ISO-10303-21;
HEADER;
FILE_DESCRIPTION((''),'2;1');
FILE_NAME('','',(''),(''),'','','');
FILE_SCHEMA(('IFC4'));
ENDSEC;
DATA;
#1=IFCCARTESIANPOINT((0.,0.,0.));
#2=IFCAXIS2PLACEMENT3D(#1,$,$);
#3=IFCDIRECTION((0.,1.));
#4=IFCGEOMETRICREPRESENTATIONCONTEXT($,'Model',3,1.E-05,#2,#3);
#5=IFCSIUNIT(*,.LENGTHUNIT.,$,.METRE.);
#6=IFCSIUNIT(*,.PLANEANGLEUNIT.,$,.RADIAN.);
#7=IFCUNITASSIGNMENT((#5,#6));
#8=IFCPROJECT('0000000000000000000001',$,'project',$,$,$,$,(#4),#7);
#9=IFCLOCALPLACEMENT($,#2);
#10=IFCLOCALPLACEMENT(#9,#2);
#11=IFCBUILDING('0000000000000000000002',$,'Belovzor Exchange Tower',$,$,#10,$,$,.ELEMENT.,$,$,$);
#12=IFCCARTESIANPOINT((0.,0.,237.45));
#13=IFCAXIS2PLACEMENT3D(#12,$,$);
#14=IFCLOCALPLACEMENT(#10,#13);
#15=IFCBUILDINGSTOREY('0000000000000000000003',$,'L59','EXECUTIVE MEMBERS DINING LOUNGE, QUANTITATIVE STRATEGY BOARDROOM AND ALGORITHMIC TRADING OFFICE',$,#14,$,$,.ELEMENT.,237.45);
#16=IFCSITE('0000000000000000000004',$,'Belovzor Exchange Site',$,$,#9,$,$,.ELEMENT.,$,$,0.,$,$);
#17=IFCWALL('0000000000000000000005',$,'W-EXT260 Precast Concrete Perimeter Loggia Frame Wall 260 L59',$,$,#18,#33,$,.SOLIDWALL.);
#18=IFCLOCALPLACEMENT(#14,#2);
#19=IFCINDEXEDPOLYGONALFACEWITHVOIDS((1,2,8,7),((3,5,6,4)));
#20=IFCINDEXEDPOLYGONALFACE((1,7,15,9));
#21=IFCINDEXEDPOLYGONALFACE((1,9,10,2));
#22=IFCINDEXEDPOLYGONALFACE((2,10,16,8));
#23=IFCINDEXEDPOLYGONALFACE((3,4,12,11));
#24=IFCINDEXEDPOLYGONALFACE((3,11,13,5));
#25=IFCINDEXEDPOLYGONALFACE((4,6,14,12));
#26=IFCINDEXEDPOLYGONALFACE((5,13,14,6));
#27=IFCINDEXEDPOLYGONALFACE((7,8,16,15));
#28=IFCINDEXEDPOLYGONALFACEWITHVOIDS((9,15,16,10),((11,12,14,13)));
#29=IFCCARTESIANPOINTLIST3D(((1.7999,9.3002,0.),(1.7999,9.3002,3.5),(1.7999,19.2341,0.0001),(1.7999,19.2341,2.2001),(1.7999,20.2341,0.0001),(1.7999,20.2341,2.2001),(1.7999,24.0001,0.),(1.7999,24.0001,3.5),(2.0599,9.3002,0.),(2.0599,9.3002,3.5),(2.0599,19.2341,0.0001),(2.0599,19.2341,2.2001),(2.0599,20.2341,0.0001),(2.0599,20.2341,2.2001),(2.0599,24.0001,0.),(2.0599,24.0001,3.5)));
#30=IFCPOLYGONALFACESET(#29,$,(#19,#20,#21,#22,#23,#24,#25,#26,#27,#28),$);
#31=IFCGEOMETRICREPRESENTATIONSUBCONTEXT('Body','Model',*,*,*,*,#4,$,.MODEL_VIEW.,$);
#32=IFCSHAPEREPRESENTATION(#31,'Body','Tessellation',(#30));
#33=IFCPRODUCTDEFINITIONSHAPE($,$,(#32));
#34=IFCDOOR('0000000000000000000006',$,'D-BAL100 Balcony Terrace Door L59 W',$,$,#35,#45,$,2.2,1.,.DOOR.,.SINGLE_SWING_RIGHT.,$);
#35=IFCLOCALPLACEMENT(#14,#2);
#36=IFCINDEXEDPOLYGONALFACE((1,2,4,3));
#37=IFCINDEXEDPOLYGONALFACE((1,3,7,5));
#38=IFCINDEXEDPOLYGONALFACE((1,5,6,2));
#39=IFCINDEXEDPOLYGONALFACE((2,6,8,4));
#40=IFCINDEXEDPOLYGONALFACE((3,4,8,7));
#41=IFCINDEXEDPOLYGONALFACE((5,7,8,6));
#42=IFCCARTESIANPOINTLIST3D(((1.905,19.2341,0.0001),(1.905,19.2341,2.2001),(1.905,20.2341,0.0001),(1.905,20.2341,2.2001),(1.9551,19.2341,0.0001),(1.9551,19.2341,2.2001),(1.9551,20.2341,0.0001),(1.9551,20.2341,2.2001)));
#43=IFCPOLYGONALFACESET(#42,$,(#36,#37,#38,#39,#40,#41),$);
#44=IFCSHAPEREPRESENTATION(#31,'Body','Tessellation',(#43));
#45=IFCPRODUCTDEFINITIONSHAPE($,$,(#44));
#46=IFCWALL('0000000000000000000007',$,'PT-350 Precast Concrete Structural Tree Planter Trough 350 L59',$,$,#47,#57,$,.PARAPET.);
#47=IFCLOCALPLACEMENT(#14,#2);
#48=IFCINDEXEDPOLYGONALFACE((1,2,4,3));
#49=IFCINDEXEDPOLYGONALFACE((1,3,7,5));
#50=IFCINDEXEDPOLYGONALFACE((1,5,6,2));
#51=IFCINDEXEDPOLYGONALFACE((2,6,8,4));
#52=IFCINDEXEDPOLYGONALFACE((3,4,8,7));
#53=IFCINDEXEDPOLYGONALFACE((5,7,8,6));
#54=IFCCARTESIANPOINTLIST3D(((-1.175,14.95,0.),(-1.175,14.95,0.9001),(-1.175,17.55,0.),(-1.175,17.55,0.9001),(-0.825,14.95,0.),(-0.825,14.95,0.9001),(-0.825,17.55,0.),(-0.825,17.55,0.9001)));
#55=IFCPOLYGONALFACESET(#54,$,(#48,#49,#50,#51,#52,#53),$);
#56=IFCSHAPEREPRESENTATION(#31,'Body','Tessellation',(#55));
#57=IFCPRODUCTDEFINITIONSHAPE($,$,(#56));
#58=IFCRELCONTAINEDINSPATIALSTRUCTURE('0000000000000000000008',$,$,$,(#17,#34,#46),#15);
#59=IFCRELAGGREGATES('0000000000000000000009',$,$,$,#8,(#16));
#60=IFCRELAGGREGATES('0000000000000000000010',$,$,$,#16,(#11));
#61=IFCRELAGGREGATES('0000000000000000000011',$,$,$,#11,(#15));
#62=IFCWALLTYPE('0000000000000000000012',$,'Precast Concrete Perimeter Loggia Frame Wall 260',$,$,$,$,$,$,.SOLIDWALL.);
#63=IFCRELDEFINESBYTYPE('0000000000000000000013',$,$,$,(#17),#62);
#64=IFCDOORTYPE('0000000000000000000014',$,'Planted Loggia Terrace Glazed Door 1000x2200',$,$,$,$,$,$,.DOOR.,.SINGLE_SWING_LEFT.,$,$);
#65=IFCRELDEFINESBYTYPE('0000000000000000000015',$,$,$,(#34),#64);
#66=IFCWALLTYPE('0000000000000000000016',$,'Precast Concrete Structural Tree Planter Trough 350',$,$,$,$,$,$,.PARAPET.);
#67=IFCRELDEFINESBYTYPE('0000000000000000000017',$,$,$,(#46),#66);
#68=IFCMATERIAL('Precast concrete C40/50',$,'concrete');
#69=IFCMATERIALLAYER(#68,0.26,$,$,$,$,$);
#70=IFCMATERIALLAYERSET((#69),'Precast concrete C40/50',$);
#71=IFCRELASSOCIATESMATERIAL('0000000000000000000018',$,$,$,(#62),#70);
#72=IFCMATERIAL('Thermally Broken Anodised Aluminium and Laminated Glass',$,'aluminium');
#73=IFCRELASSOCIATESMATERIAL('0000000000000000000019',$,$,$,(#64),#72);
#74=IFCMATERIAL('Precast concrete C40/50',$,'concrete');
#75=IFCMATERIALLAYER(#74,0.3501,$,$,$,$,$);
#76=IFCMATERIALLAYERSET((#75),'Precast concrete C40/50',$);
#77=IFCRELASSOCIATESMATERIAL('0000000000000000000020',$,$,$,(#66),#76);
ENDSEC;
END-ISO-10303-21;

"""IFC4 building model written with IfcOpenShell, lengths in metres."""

from ifc_helpers import new_model, si_unit, direction, frame, frame_2d, origin, place, context, subcontext, project, spatial, rectangle, extrude, material, layer, layer_set, type_object, element, fill, save


model = new_model("IFC4")

# Units and contexts
model_context = context("Model", 3, precision=1e-05, world=origin(), true_north=direction((0.0, 1.0)))
body_context = subcontext(model_context, "Body", "Model", "MODEL_VIEW")
ifc_project = project(units=[si_unit("LENGTHUNIT", "METRE"), si_unit("PLANEANGLEUNIT", "RADIAN")], contexts=[model_context])

# Site, building, storey
site_placement = place(None, origin())
site = spatial("IfcSite", under=ifc_project, at=site_placement, Name="Belovzor Exchange Site", CompositionType="ELEMENT", RefElevation=0.0)
building_placement = place(site_placement, origin())
building = spatial("IfcBuilding", under=site, at=building_placement, Name="Belovzor Exchange Tower", CompositionType="ELEMENT")
storey_placement = place(building_placement, frame((0.0, 0.0, 237.45)))
storey = spatial("IfcBuildingStorey", under=building, at=storey_placement, Name="L59", Description="EXECUTIVE MEMBERS DINING LOUNGE, QUANTITATIVE STRATEGY BOARDROOM AND ALGORITHMIC TRADING OFFICE", CompositionType="ELEMENT", Elevation=237.45)

# Wall, opening, door
ifc_material_1 = material(Name="Precast concrete C40/50", Category="concrete")
ifc_layer_1 = layer(ifc_material_1, 0.26)
ifc_layer_set_1 = layer_set([ifc_layer_1], Name="Precast concrete C40/50")
wall_type_1 = type_object("IfcWallType", Name="Precast Concrete Perimeter Loggia Frame Wall 260", PredefinedType="SOLIDWALL", material=ifc_layer_set_1)
wall_1_placement = place(storey_placement, frame((1.9299, 9.3, 0.0), z_axis=(0.0, 0.0, 1.0), x_axis=(0.0, 1.0, 0.0)))
wall_1 = element("IfcWall", 1, at=wall_1_placement, inside=storey, type_object=wall_type_1, Name="W-EXT260 Precast Concrete Perimeter Loggia Frame Wall 260 L59", PredefinedType="SOLIDWALL", context=body_context, shape_type="SweptSolid", body=[
    extrude(rectangle(XDim=14.7, YDim=0.26, at=frame_2d((7.3501, 0.0))), origin(), (0.0, 0.0, 1.0), 3.5),
])
opening_1_placement = place(wall_1_placement, frame((9.9341, 0.0, 0.0)))
opening_1 = element("IfcOpeningElement", 2, at=opening_1_placement, cuts=wall_1, PredefinedType="OPENING", context=body_context, shape_type="SweptSolid", body=[
    extrude(rectangle(XDim=1.0, YDim=2.2, at=frame_2d((0.5, 1.1001))), frame((0.0, 0.1399, 0.0), z_axis=(0.0, -1.0, 0.0), x_axis=(1.0, 0.0, 0.0)), (0.0, 0.0, 1.0), 0.28),
])
ifc_material_2 = material(Name="Thermally Broken Anodised Aluminium and Laminated Glass", Category="aluminium")
door_type_1 = type_object("IfcDoorType", Name="Planted Loggia Terrace Glazed Door 1000x2200", OperationType="SINGLE_SWING_LEFT", PredefinedType="DOOR", material=ifc_material_2)
door_1_placement = place(opening_1_placement, origin())
door_1 = element("IfcDoor", 3, at=door_1_placement, inside=storey, type_object=door_type_1, Name="D-BAL100 Balcony Terrace Door L59 W", OperationType="SINGLE_SWING_RIGHT", OverallHeight=2.2, OverallWidth=1.0, PredefinedType="DOOR", context=body_context, shape_type="SweptSolid", body=[
    extrude(rectangle(XDim=1.0, YDim=2.2, at=frame_2d((0.5, 1.1001))), frame((0.0, 0.0249, 0.0), z_axis=(0.0, -1.0, 0.0), x_axis=(1.0, 0.0, 0.0)), (0.0, 0.0, 1.0), 0.05),
])
fill(opening_1, door_1)

# Wall
ifc_material_3 = material(Name="Precast concrete C40/50", Category="concrete")
ifc_layer_2 = layer(ifc_material_3, 0.3501)
ifc_layer_set_2 = layer_set([ifc_layer_2], Name="Precast concrete C40/50")
wall_type_2 = type_object("IfcWallType", Name="Precast Concrete Structural Tree Planter Trough 350", PredefinedType="PARAPET", material=ifc_layer_set_2)
wall_2_placement = place(storey_placement, frame((-1.0, 14.95, 0.0), z_axis=(0.0, 0.0, 1.0), x_axis=(0.0, 1.0, 0.0)))
element("IfcWall", 4, at=wall_2_placement, inside=storey, type_object=wall_type_2, Name="PT-350 Precast Concrete Structural Tree Planter Trough 350 L59", PredefinedType="PARAPET", context=body_context, shape_type="SweptSolid", body=[
    extrude(rectangle(XDim=2.6001, YDim=0.3501, at=frame_2d((1.3, 0.0))), origin(), (0.0, 0.0, 1.0), 0.9001),
])

save(model, "model.ifc")
